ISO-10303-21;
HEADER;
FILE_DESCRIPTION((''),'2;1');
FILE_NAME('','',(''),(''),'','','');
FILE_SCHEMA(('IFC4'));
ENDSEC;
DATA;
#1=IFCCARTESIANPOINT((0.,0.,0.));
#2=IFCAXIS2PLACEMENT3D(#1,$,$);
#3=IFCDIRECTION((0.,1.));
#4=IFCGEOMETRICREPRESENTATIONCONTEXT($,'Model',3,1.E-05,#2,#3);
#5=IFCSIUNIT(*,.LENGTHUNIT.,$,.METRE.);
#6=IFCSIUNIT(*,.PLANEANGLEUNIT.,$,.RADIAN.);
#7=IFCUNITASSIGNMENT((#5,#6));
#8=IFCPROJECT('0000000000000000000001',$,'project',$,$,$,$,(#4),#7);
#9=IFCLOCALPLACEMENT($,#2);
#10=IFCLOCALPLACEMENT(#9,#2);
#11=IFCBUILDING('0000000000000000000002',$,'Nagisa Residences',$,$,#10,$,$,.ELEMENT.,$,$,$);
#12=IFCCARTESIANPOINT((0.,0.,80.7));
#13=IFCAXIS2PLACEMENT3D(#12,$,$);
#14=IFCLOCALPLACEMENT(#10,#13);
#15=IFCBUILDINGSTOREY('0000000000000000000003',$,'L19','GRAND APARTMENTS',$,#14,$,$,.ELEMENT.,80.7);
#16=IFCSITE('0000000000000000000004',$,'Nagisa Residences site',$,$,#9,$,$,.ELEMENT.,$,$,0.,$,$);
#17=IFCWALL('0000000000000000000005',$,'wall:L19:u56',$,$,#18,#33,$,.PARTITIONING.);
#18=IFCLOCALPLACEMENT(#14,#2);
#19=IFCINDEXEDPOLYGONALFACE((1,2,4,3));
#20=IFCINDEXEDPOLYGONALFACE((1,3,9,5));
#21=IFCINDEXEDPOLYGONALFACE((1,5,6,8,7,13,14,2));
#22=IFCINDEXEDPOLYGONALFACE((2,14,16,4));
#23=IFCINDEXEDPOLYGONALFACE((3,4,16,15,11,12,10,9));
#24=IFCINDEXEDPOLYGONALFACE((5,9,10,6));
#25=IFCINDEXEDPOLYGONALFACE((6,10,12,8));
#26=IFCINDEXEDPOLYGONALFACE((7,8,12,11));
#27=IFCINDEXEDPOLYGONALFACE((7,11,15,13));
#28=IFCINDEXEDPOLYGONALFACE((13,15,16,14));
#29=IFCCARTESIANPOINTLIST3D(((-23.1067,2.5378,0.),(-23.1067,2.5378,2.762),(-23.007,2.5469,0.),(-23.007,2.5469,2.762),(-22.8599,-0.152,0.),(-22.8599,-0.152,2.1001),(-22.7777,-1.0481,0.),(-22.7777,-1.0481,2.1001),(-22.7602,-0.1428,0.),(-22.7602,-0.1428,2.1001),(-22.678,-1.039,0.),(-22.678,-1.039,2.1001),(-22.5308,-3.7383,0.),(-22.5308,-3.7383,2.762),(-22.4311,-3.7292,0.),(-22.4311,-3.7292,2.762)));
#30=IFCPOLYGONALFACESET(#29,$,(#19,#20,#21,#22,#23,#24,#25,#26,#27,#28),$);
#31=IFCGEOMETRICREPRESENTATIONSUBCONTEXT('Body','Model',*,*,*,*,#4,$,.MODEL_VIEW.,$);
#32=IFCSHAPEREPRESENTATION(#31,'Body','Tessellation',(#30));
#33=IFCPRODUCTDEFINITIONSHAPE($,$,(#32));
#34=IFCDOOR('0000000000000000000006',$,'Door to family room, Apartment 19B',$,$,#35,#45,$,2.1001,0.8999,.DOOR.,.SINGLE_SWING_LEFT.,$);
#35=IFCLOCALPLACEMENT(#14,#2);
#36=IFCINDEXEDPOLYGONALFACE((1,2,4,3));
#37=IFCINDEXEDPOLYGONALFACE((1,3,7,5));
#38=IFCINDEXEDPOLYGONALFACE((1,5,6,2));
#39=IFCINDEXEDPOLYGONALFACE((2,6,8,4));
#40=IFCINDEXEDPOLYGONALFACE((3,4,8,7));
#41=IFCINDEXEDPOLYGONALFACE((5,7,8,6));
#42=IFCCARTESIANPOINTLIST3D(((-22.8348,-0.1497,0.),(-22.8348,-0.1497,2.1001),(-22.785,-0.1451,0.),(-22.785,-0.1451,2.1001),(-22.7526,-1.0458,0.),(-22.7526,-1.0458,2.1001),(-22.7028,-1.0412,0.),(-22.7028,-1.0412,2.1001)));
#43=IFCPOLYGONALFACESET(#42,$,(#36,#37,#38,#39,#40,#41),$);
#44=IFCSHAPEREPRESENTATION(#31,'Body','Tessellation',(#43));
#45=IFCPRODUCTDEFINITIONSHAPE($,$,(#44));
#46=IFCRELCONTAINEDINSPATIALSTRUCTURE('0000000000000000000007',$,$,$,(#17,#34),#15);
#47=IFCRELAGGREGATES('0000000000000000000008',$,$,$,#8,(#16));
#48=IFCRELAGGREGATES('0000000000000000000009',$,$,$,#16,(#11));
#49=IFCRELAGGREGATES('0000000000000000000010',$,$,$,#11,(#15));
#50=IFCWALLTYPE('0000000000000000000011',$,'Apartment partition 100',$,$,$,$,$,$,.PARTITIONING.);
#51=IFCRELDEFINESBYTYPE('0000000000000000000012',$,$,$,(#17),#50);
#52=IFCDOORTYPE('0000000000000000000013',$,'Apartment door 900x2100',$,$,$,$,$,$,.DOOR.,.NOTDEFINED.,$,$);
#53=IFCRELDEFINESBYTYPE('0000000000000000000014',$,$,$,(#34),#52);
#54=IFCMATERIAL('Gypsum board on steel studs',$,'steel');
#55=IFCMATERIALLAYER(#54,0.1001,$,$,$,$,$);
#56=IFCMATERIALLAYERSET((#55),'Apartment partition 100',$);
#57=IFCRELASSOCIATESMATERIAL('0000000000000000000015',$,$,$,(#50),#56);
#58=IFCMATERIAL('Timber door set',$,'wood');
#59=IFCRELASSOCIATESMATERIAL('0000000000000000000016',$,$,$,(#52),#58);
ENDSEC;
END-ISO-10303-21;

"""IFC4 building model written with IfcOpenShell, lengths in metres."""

from ifc_helpers import new_model, si_unit, direction, frame, frame_2d, origin, place, context, subcontext, project, spatial, rectangle, extrude, material, layer, layer_set, type_object, element, fill, save


model = new_model("IFC4")

# Units and contexts
model_context = context("Model", 3, precision=1e-05, world=origin(), true_north=direction((0.0, 1.0)))
body_context = subcontext(model_context, "Body", "Model", "MODEL_VIEW")
ifc_project = project(units=[si_unit("LENGTHUNIT", "METRE"), si_unit("PLANEANGLEUNIT", "RADIAN")], contexts=[model_context])

# Site, building, storey
site_placement = place(None, origin())
site = spatial("IfcSite", under=ifc_project, at=site_placement, Name="Nagisa Residences site", CompositionType="ELEMENT", RefElevation=0.0)
building_placement = place(site_placement, origin())
building = spatial("IfcBuilding", under=site, at=building_placement, Name="Nagisa Residences", CompositionType="ELEMENT")
storey_placement = place(building_placement, frame((0.0, 0.0, 80.7)))
storey = spatial("IfcBuildingStorey", under=building, at=storey_placement, Name="L19", Description="GRAND APARTMENTS", CompositionType="ELEMENT", Elevation=80.7)

# Shared definitions
ifc_material_1 = material(Name="Gypsum board on steel studs", Category="steel")
ifc_layer_1 = layer(ifc_material_1, 0.1001)
ifc_layer_set_1 = layer_set([ifc_layer_1], Name="Apartment partition 100")
wall_type_1 = type_object("IfcWallType", Name="Apartment partition 100", PredefinedType="PARTITIONING", material=ifc_layer_set_1)

# Wall, opening, door
ifc_material_2 = material(Name="Timber door set", Category="wood")
door_type_1 = type_object("IfcDoorType", Name="Apartment door 900x2100", OperationType="NOTDEFINED", PredefinedType="DOOR", material=ifc_material_2)
wall_1_placement = place(storey_placement, frame((-23.0569, 2.5425, 0.0), z_axis=(0.0, 0.0, 1.0), x_axis=(0.091381, -0.995816, 0.0)))
wall_1 = element("IfcWall", 1, at=wall_1_placement, inside=storey, type_object=wall_type_1, Name="wall:L19:u56", PredefinedType="PARTITIONING", context=body_context, shape_type="SweptSolid", body=[
    extrude(rectangle(XDim=6.3025, YDim=0.1001, at=frame_2d((3.1514, 0.0))), origin(), (0.0, 0.0, 1.0), 2.762),
])
opening_1_placement = place(wall_1_placement, frame((2.7012, 0.0, 0.0)))
opening_1 = element("IfcOpeningElement", 2, at=opening_1_placement, cuts=wall_1, PredefinedType="OPENING", context=body_context, shape_type="SweptSolid", body=[
    extrude(rectangle(XDim=0.8999, YDim=2.1001, at=frame_2d((0.45, 1.05))), frame((0.0, 0.0601, 0.0), z_axis=(0.0, -1.0, 0.0), x_axis=(1.0, 0.0, 0.0)), (0.0, 0.0, 1.0), 0.1201),
])
door_1_placement = place(opening_1_placement, frame((0.8999, 0.0, 0.0), x_axis=(-1.0, 0.0, 0.0)))
door_1 = element("IfcDoor", 3, at=door_1_placement, inside=storey, type_object=door_type_1, Name="Door to family room, Apartment 19B", OperationType="SINGLE_SWING_LEFT", OverallHeight=2.1001, OverallWidth=0.8999, PredefinedType="DOOR", context=body_context, shape_type="SweptSolid", body=[
    extrude(rectangle(XDim=0.8999, YDim=2.1001, at=frame_2d((0.45, 1.05))), frame((0.0, 0.0249, 0.0), z_axis=(0.0, -1.0, 0.0), x_axis=(1.0, 0.0, 0.0)), (0.0, 0.0, 1.0), 0.05),
])
fill(opening_1, door_1)

save(model, "model.ifc")
